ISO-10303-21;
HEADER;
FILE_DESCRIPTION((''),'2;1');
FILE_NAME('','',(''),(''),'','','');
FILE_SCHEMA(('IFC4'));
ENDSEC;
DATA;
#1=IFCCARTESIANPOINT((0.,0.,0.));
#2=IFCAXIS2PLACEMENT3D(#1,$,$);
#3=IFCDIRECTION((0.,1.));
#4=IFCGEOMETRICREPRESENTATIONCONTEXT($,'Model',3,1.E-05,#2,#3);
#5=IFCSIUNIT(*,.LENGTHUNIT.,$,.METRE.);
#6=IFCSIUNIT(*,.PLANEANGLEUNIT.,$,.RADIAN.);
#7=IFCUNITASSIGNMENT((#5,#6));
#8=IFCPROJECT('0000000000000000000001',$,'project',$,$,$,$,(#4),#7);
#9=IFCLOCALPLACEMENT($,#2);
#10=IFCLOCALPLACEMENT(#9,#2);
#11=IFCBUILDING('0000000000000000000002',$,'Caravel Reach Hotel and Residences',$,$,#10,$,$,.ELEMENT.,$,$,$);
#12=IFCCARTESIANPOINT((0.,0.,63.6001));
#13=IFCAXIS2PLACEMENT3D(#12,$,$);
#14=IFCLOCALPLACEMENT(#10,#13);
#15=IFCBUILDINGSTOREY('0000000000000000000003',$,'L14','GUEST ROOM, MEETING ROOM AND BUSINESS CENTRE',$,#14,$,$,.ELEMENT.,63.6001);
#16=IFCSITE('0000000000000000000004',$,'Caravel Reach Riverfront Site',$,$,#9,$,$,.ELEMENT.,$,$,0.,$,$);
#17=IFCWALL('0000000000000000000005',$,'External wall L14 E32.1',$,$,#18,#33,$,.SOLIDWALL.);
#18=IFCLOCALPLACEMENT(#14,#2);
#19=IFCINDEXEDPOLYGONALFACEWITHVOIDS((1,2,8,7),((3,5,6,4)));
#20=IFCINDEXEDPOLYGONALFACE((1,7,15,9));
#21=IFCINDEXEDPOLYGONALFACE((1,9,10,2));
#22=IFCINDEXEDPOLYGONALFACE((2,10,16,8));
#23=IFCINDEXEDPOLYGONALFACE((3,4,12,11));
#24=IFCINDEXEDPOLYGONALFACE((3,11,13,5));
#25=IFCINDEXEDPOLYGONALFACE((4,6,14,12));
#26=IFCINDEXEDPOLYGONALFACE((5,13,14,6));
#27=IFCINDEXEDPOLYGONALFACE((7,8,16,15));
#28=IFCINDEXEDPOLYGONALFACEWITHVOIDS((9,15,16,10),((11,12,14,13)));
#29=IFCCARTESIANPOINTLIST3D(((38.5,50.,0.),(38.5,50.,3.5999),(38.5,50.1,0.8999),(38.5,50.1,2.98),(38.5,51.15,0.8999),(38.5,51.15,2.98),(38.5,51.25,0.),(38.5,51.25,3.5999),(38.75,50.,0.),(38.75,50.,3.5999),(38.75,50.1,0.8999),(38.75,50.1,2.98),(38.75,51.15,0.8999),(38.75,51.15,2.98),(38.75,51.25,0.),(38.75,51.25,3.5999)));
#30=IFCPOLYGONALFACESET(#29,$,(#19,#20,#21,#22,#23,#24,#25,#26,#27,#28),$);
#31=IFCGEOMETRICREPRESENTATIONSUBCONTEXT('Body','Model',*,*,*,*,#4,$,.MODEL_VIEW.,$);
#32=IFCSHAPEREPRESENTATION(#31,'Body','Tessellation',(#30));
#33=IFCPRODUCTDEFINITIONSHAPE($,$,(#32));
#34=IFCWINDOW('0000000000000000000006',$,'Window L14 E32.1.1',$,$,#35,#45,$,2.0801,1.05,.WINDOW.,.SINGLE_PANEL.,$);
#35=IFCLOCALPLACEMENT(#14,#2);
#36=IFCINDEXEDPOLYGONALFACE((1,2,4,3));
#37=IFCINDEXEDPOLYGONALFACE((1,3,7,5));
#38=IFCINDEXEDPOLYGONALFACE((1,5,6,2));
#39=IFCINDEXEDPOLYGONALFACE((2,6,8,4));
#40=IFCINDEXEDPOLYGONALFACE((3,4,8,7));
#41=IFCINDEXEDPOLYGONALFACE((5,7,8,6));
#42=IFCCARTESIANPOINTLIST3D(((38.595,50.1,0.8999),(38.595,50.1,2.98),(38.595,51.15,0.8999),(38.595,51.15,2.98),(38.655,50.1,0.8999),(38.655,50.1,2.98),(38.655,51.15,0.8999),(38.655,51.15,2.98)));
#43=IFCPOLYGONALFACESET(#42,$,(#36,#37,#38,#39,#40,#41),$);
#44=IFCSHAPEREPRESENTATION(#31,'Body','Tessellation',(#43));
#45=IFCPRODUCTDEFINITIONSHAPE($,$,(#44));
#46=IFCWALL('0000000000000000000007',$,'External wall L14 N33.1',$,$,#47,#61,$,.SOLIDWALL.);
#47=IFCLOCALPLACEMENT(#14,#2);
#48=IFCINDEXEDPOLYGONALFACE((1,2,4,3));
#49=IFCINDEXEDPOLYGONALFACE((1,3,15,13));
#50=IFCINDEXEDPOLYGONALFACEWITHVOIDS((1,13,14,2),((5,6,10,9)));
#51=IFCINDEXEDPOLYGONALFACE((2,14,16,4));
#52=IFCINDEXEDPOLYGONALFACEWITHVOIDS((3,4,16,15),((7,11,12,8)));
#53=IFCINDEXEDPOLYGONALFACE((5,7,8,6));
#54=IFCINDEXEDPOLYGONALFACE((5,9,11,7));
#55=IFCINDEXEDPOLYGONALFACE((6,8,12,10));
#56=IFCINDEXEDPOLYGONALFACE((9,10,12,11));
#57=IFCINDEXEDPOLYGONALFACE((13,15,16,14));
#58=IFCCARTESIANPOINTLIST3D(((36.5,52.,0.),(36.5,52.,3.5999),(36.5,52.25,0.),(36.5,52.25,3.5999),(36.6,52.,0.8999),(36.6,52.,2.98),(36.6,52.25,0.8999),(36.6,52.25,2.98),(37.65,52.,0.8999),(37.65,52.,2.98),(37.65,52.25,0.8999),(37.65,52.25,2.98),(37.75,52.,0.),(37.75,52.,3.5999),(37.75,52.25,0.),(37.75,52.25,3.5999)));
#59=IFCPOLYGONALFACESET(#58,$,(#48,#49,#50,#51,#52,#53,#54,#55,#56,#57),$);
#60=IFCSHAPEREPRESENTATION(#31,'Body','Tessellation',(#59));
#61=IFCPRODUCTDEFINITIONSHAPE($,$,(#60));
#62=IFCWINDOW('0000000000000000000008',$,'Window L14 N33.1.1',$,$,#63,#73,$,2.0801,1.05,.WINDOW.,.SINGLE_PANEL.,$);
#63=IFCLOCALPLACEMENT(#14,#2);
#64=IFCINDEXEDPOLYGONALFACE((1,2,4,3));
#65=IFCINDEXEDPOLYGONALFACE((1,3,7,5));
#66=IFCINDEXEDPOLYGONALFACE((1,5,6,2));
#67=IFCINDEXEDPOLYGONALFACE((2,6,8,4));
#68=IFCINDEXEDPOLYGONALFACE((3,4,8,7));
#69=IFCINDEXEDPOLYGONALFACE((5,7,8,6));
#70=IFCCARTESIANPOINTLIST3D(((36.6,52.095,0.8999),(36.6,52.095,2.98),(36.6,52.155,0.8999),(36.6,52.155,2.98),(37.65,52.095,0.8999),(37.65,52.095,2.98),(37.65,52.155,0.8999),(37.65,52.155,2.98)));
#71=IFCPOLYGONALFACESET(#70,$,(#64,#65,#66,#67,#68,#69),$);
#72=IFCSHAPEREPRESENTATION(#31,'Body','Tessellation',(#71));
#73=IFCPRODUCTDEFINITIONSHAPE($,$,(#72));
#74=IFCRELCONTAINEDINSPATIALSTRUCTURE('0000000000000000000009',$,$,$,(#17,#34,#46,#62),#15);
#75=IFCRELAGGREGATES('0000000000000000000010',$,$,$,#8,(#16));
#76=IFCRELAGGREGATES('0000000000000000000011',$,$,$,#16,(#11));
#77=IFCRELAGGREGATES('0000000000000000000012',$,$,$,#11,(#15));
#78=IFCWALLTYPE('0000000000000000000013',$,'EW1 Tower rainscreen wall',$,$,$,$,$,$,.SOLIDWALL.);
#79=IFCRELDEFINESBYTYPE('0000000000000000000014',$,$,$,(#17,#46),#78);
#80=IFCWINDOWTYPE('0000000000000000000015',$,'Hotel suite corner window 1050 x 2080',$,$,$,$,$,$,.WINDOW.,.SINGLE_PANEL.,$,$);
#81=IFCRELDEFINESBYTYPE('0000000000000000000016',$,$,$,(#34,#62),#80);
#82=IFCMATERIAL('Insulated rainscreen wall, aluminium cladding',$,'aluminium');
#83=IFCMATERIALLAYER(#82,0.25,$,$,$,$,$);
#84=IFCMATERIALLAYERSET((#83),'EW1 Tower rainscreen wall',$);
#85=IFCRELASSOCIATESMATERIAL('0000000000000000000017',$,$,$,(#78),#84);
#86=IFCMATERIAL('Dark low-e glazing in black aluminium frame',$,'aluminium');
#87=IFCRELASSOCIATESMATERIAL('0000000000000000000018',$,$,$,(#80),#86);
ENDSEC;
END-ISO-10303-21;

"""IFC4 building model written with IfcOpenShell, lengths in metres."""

from ifc_helpers import new_model, si_unit, direction, frame, frame_2d, origin, place, context, subcontext, project, spatial, rectangle, extrude, material, layer, layer_set, type_object, element, fill, save


model = new_model("IFC4")

# Units and contexts
model_context = context("Model", 3, precision=1e-05, world=origin(), true_north=direction((0.0, 1.0)))
body_context = subcontext(model_context, "Body", "Model", "MODEL_VIEW")
ifc_project = project(units=[si_unit("LENGTHUNIT", "METRE"), si_unit("PLANEANGLEUNIT", "RADIAN")], contexts=[model_context])

# Site, building, storey
site_placement = place(None, origin())
site = spatial("IfcSite", under=ifc_project, at=site_placement, Name="Caravel Reach Riverfront Site", CompositionType="ELEMENT", RefElevation=0.0)
building_placement = place(site_placement, origin())
building = spatial("IfcBuilding", under=site, at=building_placement, Name="Caravel Reach Hotel and Residences", CompositionType="ELEMENT")
storey_placement = place(building_placement, frame((0.0, 0.0, 63.6001)))
storey = spatial("IfcBuildingStorey", under=building, at=storey_placement, Name="L14", Description="GUEST ROOM, MEETING ROOM AND BUSINESS CENTRE", CompositionType="ELEMENT", Elevation=63.6001)

# Walls, openings, windows
ifc_material_1 = material(Name="Insulated rainscreen wall, aluminium cladding", Category="aluminium")
ifc_layer = layer(ifc_material_1, 0.25)
ifc_layer_set = layer_set([ifc_layer], Name="EW1 Tower rainscreen wall")
wall_type = type_object("IfcWallType", Name="EW1 Tower rainscreen wall", PredefinedType="SOLIDWALL", material=ifc_layer_set)
ifc_material_2 = material(Name="Dark low-e glazing in black aluminium frame", Category="aluminium")
window_type = type_object("IfcWindowType", Name="Hotel suite corner window 1050 x 2080", PartitioningType="SINGLE_PANEL", PredefinedType="WINDOW", material=ifc_material_2)
wall_1_placement = place(storey_placement, frame((38.625, 50.0, 0.0), z_axis=(0.0, 0.0, 1.0), x_axis=(0.0, 1.0, 0.0)))
wall_1 = element("IfcWall", 1, at=wall_1_placement, inside=storey, type_object=wall_type, Name="External wall L14 E32.1", PredefinedType="SOLIDWALL", context=body_context, shape_type="SweptSolid", body=[
    extrude(rectangle(XDim=1.25, YDim=0.25, at=frame_2d((0.625, 0.0))), origin(), (0.0, 0.0, 1.0), 3.5999),
])
opening_1_placement = place(wall_1_placement, frame((0.1001, 0.0, 0.8999)))
opening_1 = element("IfcOpeningElement", 2, at=opening_1_placement, cuts=wall_1, PredefinedType="OPENING", context=body_context, shape_type="SweptSolid", body=[
    extrude(rectangle(XDim=1.05, YDim=2.0801, at=frame_2d((0.5249, 1.04))), frame((0.0, 0.135, 0.0), z_axis=(0.0, -1.0, 0.0), x_axis=(1.0, 0.0, 0.0)), (0.0, 0.0, 1.0), 0.27),
])
window_1_placement = place(opening_1_placement, origin())
window_1 = element("IfcWindow", 3, at=window_1_placement, inside=storey, type_object=window_type, Name="Window L14 E32.1.1", OverallHeight=2.0801, OverallWidth=1.05, PartitioningType="SINGLE_PANEL", PredefinedType="WINDOW", context=body_context, shape_type="SweptSolid", body=[
    extrude(rectangle(XDim=1.05, YDim=2.0801, at=frame_2d((0.5249, 1.04))), frame((0.0, 0.03, 0.0), z_axis=(0.0, -1.0, 0.0), x_axis=(1.0, 0.0, 0.0)), (0.0, 0.0, 1.0), 0.0601),
])
fill(opening_1, window_1)
wall_2_placement = place(storey_placement, frame((37.75, 52.125, 0.0), z_axis=(0.0, 0.0, 1.0), x_axis=(-1.0, 0.0, 0.0)))
wall_2 = element("IfcWall", 4, at=wall_2_placement, inside=storey, type_object=wall_type, Name="External wall L14 N33.1", PredefinedType="SOLIDWALL", context=body_context, shape_type="SweptSolid", body=[
    extrude(rectangle(XDim=1.25, YDim=0.25, at=frame_2d((0.625, 0.0))), origin(), (0.0, 0.0, 1.0), 3.5999),
])
opening_2_placement = place(wall_2_placement, frame((0.1001, 0.0, 0.8999)))
opening_2 = element("IfcOpeningElement", 5, at=opening_2_placement, cuts=wall_2, PredefinedType="OPENING", context=body_context, shape_type="SweptSolid", body=[
    extrude(rectangle(XDim=1.05, YDim=2.0801, at=frame_2d((0.5249, 1.04))), frame((0.0, 0.135, 0.0), z_axis=(0.0, -1.0, 0.0), x_axis=(1.0, 0.0, 0.0)), (0.0, 0.0, 1.0), 0.27),
])
window_2_placement = place(opening_2_placement, origin())
window_2 = element("IfcWindow", 6, at=window_2_placement, inside=storey, type_object=window_type, Name="Window L14 N33.1.1", OverallHeight=2.0801, OverallWidth=1.05, PartitioningType="SINGLE_PANEL", PredefinedType="WINDOW", context=body_context, shape_type="SweptSolid", body=[
    extrude(rectangle(XDim=1.05, YDim=2.0801, at=frame_2d((0.5249, 1.04))), frame((0.0, 0.03, 0.0), z_axis=(0.0, -1.0, 0.0), x_axis=(1.0, 0.0, 0.0)), (0.0, 0.0, 1.0), 0.0601),
])
fill(opening_2, window_2)

save(model, "model.ifc")
